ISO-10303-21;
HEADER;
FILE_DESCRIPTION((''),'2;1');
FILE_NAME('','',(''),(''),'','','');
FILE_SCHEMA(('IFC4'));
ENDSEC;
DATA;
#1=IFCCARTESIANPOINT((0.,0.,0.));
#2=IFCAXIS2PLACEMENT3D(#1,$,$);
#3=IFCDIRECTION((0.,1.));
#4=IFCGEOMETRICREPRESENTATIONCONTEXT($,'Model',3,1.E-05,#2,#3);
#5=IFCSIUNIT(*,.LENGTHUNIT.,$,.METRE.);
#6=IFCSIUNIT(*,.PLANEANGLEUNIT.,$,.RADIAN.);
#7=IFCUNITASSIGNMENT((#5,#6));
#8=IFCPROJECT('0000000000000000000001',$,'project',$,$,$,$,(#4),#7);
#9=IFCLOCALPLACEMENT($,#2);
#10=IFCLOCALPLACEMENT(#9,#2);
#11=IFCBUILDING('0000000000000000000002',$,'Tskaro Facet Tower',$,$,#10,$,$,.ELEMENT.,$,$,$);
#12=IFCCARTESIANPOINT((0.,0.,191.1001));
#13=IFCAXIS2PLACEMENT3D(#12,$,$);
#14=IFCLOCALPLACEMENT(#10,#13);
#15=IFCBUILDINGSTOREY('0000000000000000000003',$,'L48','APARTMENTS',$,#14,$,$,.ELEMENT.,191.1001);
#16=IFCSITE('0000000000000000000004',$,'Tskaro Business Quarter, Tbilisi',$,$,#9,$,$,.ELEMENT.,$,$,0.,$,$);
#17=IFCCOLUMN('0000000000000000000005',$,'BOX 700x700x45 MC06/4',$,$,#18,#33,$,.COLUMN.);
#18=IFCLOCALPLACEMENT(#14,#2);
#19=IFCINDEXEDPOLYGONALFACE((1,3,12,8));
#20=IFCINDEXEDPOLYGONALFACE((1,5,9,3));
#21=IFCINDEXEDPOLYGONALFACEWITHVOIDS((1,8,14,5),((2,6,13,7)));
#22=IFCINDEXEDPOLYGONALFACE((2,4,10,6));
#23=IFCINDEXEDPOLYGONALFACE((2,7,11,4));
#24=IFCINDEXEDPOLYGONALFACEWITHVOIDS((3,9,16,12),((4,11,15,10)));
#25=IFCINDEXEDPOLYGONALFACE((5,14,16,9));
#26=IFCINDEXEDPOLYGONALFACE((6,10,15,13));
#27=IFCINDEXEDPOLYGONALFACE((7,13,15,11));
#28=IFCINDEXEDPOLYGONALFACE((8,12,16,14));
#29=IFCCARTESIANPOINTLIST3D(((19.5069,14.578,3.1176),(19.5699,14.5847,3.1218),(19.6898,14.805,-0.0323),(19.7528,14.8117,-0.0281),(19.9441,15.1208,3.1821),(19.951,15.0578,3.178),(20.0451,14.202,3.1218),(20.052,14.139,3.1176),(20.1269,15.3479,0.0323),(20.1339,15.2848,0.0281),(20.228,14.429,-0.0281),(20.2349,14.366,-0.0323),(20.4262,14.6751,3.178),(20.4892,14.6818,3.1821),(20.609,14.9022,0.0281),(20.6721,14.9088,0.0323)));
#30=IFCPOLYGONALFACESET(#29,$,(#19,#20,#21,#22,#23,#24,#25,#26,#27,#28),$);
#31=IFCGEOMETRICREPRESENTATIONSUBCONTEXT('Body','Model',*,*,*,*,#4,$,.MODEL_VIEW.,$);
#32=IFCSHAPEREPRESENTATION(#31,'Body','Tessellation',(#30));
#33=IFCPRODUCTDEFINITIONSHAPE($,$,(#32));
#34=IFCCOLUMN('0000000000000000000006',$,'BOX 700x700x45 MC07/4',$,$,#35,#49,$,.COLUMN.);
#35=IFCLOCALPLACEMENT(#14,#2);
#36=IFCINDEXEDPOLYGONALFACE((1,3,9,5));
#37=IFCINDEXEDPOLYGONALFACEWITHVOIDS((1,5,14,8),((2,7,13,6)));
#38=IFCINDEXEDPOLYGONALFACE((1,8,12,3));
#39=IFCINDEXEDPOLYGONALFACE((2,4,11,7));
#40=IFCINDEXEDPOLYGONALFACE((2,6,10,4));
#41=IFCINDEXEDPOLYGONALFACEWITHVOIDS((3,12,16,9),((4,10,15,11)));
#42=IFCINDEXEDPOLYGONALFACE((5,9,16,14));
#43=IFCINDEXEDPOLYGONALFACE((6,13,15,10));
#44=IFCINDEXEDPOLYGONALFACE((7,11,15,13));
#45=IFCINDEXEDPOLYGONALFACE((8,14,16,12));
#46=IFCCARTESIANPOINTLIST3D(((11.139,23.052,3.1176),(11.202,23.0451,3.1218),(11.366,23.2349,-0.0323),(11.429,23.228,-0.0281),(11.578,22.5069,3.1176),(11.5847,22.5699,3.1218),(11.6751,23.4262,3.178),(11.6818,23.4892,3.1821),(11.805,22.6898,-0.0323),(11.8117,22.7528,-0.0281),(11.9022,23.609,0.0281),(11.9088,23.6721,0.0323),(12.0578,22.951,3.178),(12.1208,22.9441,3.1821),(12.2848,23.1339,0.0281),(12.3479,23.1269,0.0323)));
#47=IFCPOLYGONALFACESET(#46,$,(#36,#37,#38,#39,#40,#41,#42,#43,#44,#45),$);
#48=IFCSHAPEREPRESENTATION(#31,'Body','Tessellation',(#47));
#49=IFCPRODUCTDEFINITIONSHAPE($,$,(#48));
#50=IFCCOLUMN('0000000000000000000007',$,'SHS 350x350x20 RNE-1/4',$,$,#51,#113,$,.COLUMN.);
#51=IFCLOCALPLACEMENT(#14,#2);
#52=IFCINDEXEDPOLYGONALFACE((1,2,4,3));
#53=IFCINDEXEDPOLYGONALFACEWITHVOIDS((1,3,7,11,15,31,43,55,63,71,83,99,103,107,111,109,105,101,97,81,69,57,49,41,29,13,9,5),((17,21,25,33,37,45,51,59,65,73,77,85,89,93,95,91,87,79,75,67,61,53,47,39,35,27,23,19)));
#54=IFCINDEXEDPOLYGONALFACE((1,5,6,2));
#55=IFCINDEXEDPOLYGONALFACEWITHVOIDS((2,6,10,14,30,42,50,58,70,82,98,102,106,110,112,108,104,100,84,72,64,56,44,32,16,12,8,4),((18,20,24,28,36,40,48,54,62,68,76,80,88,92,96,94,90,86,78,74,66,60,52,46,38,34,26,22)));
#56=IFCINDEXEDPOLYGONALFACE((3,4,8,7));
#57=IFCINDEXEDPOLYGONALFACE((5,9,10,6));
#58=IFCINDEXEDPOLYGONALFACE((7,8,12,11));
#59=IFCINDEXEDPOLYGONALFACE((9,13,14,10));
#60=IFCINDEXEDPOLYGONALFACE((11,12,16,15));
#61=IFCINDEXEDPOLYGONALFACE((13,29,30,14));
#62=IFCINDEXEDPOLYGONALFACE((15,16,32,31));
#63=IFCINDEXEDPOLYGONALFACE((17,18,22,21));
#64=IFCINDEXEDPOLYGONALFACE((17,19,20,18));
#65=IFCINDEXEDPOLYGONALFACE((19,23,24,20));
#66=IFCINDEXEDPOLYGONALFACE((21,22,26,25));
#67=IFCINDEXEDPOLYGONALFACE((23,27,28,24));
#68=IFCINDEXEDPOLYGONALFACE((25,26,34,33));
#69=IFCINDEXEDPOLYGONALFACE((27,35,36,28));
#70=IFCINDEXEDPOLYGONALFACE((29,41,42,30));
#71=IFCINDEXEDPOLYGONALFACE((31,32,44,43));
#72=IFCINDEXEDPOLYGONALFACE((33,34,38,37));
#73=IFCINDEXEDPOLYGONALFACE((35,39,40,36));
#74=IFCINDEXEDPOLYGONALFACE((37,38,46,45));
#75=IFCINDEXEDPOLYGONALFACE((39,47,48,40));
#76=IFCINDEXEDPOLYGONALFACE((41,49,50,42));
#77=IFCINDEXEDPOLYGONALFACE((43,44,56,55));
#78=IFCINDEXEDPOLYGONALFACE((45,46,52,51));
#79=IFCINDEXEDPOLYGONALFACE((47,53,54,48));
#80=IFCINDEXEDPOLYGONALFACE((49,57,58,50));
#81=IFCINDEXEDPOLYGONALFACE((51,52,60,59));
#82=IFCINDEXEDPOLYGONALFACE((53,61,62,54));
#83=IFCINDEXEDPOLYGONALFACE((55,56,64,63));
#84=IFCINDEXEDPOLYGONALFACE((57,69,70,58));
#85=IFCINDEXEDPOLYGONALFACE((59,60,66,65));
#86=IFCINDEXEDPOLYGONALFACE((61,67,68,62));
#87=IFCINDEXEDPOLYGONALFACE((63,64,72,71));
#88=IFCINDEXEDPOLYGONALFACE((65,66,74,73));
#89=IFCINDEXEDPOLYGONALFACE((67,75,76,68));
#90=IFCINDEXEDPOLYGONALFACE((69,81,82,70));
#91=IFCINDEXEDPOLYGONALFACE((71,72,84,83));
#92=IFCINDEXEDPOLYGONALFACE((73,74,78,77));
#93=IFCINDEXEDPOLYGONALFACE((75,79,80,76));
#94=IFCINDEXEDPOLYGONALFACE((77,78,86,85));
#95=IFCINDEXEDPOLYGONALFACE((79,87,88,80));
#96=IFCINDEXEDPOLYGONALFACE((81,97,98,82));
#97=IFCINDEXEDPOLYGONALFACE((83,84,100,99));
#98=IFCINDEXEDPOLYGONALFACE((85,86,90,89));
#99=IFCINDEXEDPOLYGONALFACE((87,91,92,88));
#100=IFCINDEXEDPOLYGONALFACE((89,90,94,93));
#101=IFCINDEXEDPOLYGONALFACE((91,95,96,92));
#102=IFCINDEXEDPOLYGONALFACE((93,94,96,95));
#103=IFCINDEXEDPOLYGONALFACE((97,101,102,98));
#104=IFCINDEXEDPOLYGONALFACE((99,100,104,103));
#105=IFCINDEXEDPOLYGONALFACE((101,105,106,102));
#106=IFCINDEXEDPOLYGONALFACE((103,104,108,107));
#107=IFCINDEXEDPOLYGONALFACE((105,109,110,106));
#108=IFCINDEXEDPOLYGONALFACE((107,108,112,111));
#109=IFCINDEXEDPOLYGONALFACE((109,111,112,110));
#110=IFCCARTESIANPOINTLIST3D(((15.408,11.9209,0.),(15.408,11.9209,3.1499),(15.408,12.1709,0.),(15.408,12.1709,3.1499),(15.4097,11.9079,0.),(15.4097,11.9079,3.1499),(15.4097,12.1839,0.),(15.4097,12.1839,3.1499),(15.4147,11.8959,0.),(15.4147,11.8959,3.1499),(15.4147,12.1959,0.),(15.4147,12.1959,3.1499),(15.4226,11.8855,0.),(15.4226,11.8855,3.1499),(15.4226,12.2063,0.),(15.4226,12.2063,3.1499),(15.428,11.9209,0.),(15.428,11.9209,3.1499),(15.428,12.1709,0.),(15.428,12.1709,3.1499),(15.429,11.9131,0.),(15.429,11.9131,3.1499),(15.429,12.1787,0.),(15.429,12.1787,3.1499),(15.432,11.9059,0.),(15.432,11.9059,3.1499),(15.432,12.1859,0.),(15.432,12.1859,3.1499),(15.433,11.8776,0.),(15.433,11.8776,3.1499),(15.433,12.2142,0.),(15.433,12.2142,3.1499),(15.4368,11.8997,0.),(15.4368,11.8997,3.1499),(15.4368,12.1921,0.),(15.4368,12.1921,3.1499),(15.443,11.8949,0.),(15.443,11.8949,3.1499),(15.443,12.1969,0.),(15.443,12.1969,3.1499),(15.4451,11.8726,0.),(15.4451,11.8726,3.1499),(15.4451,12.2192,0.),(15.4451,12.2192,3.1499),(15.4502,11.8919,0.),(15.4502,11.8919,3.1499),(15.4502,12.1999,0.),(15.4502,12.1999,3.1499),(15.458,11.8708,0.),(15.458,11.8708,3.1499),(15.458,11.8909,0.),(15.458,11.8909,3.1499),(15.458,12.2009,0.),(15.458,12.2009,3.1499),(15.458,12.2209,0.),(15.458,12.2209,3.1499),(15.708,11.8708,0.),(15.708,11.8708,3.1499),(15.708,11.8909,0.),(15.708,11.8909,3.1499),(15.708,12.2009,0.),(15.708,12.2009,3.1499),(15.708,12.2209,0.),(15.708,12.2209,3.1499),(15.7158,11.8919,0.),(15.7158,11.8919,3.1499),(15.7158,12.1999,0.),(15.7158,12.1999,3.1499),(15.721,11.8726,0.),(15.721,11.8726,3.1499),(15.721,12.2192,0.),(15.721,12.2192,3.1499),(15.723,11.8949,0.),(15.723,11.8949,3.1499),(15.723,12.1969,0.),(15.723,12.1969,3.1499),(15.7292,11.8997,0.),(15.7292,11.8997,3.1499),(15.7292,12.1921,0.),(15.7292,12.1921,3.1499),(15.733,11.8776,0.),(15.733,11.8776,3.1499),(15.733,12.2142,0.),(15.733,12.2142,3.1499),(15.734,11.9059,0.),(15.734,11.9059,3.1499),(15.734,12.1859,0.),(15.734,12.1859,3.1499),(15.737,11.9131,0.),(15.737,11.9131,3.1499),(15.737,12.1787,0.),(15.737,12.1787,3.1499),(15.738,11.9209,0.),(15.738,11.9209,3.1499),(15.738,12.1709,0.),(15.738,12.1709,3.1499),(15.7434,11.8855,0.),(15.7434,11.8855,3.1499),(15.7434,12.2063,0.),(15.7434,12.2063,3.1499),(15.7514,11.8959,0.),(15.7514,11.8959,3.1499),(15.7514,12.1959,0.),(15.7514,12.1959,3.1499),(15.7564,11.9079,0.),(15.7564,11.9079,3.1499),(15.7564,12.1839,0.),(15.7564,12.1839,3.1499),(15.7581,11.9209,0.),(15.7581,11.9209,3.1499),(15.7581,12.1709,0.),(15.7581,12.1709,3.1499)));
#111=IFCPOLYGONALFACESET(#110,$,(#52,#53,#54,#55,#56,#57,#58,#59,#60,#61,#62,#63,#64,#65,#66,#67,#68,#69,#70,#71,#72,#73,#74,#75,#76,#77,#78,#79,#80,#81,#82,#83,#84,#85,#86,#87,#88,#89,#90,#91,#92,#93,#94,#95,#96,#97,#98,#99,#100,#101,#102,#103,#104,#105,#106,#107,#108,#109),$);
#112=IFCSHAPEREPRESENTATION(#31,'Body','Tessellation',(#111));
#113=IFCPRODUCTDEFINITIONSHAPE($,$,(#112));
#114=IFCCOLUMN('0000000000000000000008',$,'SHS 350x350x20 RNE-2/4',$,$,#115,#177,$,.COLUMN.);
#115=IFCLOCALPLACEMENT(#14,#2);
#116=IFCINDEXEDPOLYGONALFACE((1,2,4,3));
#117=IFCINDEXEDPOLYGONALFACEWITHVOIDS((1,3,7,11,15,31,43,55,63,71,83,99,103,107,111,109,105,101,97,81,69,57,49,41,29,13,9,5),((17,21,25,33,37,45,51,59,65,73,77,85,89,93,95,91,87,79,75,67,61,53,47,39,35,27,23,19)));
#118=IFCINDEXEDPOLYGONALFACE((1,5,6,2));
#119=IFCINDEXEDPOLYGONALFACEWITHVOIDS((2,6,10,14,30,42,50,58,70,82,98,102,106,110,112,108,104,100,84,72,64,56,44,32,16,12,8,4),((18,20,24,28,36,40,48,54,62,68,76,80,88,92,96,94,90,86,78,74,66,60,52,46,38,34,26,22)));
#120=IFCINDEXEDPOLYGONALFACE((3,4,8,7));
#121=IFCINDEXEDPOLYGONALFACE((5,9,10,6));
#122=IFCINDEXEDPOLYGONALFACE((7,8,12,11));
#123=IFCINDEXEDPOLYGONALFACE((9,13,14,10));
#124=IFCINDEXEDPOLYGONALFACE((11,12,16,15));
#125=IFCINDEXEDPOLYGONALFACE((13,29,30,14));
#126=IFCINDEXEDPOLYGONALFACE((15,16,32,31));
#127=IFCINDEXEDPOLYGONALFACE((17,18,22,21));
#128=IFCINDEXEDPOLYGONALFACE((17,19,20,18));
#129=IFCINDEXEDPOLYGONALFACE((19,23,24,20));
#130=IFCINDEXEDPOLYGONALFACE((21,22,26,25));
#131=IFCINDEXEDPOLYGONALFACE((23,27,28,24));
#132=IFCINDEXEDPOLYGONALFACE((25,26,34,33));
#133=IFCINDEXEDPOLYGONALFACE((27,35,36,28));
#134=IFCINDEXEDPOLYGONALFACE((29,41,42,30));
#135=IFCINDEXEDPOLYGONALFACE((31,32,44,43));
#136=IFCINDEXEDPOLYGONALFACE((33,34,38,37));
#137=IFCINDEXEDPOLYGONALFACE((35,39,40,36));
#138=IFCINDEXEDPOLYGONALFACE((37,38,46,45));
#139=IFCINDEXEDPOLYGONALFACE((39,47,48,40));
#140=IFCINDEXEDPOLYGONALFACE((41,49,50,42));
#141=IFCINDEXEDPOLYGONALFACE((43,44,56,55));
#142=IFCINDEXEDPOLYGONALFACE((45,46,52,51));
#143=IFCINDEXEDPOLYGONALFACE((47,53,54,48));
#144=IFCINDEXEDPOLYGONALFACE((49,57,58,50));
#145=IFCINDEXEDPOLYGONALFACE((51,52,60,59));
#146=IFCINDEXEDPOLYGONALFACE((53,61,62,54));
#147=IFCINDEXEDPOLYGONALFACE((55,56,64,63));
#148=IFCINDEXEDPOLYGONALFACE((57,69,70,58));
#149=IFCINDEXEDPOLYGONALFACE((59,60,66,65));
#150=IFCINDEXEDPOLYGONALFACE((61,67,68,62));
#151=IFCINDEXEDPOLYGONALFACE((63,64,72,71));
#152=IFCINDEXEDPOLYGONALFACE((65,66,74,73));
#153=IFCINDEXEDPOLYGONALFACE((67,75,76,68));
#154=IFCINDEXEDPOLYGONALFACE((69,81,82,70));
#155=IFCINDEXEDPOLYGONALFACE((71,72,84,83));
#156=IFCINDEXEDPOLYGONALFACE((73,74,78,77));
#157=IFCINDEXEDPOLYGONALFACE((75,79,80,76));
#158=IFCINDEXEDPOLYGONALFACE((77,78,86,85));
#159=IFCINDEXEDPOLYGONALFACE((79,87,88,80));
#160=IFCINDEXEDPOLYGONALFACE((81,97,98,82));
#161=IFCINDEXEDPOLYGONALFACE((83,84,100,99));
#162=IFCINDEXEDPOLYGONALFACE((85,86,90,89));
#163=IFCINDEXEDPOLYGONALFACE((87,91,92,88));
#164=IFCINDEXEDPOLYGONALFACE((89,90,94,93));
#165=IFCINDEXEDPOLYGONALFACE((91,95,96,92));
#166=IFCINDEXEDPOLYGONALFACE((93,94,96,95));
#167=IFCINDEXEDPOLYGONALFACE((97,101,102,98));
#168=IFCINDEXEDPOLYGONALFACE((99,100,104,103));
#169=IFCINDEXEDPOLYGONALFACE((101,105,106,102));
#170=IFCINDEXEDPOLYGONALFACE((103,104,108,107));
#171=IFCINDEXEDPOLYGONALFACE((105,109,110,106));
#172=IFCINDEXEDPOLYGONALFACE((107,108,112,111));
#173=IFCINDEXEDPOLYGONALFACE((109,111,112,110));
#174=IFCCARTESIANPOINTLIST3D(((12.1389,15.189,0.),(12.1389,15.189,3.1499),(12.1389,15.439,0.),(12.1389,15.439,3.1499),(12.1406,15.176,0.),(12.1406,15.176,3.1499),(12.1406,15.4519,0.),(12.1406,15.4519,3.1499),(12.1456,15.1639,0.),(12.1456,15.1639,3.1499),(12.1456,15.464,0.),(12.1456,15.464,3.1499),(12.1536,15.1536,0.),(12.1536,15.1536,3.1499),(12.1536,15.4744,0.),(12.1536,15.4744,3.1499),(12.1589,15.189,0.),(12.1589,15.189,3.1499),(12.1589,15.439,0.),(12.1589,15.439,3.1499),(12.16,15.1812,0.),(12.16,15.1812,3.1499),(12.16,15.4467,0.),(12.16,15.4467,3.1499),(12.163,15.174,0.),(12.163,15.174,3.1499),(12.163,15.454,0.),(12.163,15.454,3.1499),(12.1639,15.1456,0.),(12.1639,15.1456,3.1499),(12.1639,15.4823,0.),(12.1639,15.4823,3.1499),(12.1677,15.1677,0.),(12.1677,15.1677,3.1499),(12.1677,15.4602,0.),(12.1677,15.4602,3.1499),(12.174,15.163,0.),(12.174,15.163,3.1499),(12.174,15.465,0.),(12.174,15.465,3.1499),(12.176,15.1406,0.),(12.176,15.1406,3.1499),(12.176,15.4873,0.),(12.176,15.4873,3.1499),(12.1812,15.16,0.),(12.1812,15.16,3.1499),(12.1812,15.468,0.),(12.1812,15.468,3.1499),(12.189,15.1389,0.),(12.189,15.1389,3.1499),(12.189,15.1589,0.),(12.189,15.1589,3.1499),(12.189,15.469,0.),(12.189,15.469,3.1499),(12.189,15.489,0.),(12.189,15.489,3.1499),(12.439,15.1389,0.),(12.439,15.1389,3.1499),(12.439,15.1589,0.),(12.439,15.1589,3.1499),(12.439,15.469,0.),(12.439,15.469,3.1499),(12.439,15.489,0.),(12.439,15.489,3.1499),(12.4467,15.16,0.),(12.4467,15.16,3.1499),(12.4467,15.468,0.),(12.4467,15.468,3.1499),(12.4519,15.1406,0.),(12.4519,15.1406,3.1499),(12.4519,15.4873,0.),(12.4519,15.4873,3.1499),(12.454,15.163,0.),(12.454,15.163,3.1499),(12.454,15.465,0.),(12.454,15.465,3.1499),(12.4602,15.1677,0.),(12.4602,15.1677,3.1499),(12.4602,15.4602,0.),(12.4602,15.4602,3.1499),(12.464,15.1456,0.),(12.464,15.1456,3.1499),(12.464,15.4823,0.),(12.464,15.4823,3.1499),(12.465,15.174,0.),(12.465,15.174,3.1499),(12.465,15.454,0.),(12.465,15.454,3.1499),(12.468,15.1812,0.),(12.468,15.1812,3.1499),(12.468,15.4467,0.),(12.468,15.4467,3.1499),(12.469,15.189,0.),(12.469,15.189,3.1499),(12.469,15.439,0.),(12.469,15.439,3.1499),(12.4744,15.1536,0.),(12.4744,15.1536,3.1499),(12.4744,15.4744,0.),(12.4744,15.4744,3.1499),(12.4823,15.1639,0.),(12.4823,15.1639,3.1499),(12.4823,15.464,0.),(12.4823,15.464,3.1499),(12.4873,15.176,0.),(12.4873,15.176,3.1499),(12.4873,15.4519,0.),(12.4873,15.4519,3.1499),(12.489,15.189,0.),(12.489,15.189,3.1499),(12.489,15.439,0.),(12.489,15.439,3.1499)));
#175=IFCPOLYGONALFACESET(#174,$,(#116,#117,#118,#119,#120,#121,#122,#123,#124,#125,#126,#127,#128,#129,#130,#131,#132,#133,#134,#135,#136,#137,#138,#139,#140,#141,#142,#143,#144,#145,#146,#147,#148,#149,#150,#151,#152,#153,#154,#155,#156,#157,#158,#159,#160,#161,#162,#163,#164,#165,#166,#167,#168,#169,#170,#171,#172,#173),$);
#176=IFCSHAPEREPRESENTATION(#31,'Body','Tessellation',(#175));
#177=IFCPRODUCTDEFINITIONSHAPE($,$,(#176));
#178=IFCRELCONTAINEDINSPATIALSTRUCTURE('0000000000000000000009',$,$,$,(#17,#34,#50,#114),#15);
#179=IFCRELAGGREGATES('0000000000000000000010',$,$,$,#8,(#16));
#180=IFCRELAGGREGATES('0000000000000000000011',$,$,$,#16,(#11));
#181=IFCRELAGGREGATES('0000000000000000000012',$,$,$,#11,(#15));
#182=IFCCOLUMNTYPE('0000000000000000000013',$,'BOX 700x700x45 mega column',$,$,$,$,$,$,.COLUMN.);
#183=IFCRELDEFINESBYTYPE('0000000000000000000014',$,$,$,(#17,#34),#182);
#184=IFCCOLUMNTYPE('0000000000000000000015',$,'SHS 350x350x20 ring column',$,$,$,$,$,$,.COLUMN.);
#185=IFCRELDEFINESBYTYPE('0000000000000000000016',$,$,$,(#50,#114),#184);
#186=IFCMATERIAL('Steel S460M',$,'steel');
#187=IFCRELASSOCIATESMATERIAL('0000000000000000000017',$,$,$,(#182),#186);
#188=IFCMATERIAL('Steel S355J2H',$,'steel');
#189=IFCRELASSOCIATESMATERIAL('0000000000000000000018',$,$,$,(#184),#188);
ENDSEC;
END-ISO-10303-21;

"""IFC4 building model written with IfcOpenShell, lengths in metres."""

from ifc_helpers import new_model, si_unit, direction, frame, origin, origin_2d, place, context, subcontext, project, spatial, hollow_rectangle, extrude, material, material_profile, profile_set, type_object, element, save


model = new_model("IFC4")

# Units and contexts
model_context = context("Model", 3, precision=1e-05, world=origin(), true_north=direction((0.0, 1.0)))
body_context = subcontext(model_context, "Body", "Model", "MODEL_VIEW")
ifc_project = project(units=[si_unit("LENGTHUNIT", "METRE"), si_unit("PLANEANGLEUNIT", "RADIAN")], contexts=[model_context])

# Site, building, storey
site_placement = place(None, origin())
site = spatial("IfcSite", under=ifc_project, at=site_placement, Name="Tskaro Business Quarter, Tbilisi", CompositionType="ELEMENT", RefElevation=0.0)
building_placement = place(site_placement, origin())
building = spatial("IfcBuilding", under=site, at=building_placement, Name="Tskaro Facet Tower", CompositionType="ELEMENT")
storey_placement = place(building_placement, frame((0.0, 0.0, 191.1001)))
storey = spatial("IfcBuildingStorey", under=building, at=storey_placement, Name="L48", Description="APARTMENTS", CompositionType="ELEMENT", Elevation=191.1001)

# Columns
ifc_material_1 = material(Name="Steel S460M", Category="steel")
ifc_material_profile_1 = material_profile(ifc_material_1, hollow_rectangle(XDim=0.7, YDim=0.7, WallThickness=0.0449, at=origin_2d()), Name="BOX 700x700x45")
ifc_profile_set_1 = profile_set([ifc_material_profile_1], Name="Steel S460M")
column_type_1 = type_object("IfcColumnType", Name="BOX 700x700x45 mega column", PredefinedType="COLUMN", material=ifc_profile_set_1)
for number, where, z_axis, x_axis, name in (
    (1, (20.1809, 14.8569, 0.0), (-0.057806, -0.071775, 0.995744), (0.778822, -0.627245, 0.0), "BOX 700x700x45 MC06/4"),
    (2, (11.8569, 23.1809, 0.0), (-0.071775, -0.057806, 0.995744), (0.627245, -0.778822, 0.0), "BOX 700x700x45 MC07/4"),
):
    element("IfcColumn", number, at=place(storey_placement, frame(where, z_axis=z_axis, x_axis=x_axis)), inside=storey, type_object=column_type_1, Name=name, PredefinedType="COLUMN", context=body_context, shape_type="SweptSolid", body=[
        extrude(hollow_rectangle(XDim=0.7, YDim=0.7, WallThickness=0.0449, at=origin_2d()), origin(), (0.0, 0.0, 1.0), 3.1633),
    ])
ifc_material_2 = material(Name="Steel S355J2H", Category="steel")
ifc_material_profile_2 = material_profile(ifc_material_2, hollow_rectangle(XDim=0.3501, YDim=0.3501, WallThickness=0.02, InnerFilletRadius=0.03, OuterFilletRadius=0.05, at=origin_2d()), Name="SHS 350x350x20")
ifc_profile_set_2 = profile_set([ifc_material_profile_2], Name="Steel S355J2H")
column_type_2 = type_object("IfcColumnType", Name="SHS 350x350x20 ring column", PredefinedType="COLUMN", material=ifc_profile_set_2)
for number, where, z_axis, x_axis, name in (
    (3, (15.583, 12.0459, 0.0), (0.0, 0.0, 1.0), (1.0, 0.0, 0.0), "SHS 350x350x20 RNE-1/4"),
    (4, (12.314, 15.314, 0.0), (0.0, 0.0, 1.0), (1.0, 0.0, 0.0), "SHS 350x350x20 RNE-2/4"),
):
    element("IfcColumn", number, at=place(storey_placement, frame(where, z_axis=z_axis, x_axis=x_axis)), inside=storey, type_object=column_type_2, Name=name, PredefinedType="COLUMN", context=body_context, shape_type="SweptSolid", body=[
        extrude(hollow_rectangle(XDim=0.3501, YDim=0.3501, WallThickness=0.02, InnerFilletRadius=0.03, OuterFilletRadius=0.05, at=origin_2d()), origin(), (0.0, 0.0, 1.0), 3.1499),
    ])

save(model, "model.ifc")
